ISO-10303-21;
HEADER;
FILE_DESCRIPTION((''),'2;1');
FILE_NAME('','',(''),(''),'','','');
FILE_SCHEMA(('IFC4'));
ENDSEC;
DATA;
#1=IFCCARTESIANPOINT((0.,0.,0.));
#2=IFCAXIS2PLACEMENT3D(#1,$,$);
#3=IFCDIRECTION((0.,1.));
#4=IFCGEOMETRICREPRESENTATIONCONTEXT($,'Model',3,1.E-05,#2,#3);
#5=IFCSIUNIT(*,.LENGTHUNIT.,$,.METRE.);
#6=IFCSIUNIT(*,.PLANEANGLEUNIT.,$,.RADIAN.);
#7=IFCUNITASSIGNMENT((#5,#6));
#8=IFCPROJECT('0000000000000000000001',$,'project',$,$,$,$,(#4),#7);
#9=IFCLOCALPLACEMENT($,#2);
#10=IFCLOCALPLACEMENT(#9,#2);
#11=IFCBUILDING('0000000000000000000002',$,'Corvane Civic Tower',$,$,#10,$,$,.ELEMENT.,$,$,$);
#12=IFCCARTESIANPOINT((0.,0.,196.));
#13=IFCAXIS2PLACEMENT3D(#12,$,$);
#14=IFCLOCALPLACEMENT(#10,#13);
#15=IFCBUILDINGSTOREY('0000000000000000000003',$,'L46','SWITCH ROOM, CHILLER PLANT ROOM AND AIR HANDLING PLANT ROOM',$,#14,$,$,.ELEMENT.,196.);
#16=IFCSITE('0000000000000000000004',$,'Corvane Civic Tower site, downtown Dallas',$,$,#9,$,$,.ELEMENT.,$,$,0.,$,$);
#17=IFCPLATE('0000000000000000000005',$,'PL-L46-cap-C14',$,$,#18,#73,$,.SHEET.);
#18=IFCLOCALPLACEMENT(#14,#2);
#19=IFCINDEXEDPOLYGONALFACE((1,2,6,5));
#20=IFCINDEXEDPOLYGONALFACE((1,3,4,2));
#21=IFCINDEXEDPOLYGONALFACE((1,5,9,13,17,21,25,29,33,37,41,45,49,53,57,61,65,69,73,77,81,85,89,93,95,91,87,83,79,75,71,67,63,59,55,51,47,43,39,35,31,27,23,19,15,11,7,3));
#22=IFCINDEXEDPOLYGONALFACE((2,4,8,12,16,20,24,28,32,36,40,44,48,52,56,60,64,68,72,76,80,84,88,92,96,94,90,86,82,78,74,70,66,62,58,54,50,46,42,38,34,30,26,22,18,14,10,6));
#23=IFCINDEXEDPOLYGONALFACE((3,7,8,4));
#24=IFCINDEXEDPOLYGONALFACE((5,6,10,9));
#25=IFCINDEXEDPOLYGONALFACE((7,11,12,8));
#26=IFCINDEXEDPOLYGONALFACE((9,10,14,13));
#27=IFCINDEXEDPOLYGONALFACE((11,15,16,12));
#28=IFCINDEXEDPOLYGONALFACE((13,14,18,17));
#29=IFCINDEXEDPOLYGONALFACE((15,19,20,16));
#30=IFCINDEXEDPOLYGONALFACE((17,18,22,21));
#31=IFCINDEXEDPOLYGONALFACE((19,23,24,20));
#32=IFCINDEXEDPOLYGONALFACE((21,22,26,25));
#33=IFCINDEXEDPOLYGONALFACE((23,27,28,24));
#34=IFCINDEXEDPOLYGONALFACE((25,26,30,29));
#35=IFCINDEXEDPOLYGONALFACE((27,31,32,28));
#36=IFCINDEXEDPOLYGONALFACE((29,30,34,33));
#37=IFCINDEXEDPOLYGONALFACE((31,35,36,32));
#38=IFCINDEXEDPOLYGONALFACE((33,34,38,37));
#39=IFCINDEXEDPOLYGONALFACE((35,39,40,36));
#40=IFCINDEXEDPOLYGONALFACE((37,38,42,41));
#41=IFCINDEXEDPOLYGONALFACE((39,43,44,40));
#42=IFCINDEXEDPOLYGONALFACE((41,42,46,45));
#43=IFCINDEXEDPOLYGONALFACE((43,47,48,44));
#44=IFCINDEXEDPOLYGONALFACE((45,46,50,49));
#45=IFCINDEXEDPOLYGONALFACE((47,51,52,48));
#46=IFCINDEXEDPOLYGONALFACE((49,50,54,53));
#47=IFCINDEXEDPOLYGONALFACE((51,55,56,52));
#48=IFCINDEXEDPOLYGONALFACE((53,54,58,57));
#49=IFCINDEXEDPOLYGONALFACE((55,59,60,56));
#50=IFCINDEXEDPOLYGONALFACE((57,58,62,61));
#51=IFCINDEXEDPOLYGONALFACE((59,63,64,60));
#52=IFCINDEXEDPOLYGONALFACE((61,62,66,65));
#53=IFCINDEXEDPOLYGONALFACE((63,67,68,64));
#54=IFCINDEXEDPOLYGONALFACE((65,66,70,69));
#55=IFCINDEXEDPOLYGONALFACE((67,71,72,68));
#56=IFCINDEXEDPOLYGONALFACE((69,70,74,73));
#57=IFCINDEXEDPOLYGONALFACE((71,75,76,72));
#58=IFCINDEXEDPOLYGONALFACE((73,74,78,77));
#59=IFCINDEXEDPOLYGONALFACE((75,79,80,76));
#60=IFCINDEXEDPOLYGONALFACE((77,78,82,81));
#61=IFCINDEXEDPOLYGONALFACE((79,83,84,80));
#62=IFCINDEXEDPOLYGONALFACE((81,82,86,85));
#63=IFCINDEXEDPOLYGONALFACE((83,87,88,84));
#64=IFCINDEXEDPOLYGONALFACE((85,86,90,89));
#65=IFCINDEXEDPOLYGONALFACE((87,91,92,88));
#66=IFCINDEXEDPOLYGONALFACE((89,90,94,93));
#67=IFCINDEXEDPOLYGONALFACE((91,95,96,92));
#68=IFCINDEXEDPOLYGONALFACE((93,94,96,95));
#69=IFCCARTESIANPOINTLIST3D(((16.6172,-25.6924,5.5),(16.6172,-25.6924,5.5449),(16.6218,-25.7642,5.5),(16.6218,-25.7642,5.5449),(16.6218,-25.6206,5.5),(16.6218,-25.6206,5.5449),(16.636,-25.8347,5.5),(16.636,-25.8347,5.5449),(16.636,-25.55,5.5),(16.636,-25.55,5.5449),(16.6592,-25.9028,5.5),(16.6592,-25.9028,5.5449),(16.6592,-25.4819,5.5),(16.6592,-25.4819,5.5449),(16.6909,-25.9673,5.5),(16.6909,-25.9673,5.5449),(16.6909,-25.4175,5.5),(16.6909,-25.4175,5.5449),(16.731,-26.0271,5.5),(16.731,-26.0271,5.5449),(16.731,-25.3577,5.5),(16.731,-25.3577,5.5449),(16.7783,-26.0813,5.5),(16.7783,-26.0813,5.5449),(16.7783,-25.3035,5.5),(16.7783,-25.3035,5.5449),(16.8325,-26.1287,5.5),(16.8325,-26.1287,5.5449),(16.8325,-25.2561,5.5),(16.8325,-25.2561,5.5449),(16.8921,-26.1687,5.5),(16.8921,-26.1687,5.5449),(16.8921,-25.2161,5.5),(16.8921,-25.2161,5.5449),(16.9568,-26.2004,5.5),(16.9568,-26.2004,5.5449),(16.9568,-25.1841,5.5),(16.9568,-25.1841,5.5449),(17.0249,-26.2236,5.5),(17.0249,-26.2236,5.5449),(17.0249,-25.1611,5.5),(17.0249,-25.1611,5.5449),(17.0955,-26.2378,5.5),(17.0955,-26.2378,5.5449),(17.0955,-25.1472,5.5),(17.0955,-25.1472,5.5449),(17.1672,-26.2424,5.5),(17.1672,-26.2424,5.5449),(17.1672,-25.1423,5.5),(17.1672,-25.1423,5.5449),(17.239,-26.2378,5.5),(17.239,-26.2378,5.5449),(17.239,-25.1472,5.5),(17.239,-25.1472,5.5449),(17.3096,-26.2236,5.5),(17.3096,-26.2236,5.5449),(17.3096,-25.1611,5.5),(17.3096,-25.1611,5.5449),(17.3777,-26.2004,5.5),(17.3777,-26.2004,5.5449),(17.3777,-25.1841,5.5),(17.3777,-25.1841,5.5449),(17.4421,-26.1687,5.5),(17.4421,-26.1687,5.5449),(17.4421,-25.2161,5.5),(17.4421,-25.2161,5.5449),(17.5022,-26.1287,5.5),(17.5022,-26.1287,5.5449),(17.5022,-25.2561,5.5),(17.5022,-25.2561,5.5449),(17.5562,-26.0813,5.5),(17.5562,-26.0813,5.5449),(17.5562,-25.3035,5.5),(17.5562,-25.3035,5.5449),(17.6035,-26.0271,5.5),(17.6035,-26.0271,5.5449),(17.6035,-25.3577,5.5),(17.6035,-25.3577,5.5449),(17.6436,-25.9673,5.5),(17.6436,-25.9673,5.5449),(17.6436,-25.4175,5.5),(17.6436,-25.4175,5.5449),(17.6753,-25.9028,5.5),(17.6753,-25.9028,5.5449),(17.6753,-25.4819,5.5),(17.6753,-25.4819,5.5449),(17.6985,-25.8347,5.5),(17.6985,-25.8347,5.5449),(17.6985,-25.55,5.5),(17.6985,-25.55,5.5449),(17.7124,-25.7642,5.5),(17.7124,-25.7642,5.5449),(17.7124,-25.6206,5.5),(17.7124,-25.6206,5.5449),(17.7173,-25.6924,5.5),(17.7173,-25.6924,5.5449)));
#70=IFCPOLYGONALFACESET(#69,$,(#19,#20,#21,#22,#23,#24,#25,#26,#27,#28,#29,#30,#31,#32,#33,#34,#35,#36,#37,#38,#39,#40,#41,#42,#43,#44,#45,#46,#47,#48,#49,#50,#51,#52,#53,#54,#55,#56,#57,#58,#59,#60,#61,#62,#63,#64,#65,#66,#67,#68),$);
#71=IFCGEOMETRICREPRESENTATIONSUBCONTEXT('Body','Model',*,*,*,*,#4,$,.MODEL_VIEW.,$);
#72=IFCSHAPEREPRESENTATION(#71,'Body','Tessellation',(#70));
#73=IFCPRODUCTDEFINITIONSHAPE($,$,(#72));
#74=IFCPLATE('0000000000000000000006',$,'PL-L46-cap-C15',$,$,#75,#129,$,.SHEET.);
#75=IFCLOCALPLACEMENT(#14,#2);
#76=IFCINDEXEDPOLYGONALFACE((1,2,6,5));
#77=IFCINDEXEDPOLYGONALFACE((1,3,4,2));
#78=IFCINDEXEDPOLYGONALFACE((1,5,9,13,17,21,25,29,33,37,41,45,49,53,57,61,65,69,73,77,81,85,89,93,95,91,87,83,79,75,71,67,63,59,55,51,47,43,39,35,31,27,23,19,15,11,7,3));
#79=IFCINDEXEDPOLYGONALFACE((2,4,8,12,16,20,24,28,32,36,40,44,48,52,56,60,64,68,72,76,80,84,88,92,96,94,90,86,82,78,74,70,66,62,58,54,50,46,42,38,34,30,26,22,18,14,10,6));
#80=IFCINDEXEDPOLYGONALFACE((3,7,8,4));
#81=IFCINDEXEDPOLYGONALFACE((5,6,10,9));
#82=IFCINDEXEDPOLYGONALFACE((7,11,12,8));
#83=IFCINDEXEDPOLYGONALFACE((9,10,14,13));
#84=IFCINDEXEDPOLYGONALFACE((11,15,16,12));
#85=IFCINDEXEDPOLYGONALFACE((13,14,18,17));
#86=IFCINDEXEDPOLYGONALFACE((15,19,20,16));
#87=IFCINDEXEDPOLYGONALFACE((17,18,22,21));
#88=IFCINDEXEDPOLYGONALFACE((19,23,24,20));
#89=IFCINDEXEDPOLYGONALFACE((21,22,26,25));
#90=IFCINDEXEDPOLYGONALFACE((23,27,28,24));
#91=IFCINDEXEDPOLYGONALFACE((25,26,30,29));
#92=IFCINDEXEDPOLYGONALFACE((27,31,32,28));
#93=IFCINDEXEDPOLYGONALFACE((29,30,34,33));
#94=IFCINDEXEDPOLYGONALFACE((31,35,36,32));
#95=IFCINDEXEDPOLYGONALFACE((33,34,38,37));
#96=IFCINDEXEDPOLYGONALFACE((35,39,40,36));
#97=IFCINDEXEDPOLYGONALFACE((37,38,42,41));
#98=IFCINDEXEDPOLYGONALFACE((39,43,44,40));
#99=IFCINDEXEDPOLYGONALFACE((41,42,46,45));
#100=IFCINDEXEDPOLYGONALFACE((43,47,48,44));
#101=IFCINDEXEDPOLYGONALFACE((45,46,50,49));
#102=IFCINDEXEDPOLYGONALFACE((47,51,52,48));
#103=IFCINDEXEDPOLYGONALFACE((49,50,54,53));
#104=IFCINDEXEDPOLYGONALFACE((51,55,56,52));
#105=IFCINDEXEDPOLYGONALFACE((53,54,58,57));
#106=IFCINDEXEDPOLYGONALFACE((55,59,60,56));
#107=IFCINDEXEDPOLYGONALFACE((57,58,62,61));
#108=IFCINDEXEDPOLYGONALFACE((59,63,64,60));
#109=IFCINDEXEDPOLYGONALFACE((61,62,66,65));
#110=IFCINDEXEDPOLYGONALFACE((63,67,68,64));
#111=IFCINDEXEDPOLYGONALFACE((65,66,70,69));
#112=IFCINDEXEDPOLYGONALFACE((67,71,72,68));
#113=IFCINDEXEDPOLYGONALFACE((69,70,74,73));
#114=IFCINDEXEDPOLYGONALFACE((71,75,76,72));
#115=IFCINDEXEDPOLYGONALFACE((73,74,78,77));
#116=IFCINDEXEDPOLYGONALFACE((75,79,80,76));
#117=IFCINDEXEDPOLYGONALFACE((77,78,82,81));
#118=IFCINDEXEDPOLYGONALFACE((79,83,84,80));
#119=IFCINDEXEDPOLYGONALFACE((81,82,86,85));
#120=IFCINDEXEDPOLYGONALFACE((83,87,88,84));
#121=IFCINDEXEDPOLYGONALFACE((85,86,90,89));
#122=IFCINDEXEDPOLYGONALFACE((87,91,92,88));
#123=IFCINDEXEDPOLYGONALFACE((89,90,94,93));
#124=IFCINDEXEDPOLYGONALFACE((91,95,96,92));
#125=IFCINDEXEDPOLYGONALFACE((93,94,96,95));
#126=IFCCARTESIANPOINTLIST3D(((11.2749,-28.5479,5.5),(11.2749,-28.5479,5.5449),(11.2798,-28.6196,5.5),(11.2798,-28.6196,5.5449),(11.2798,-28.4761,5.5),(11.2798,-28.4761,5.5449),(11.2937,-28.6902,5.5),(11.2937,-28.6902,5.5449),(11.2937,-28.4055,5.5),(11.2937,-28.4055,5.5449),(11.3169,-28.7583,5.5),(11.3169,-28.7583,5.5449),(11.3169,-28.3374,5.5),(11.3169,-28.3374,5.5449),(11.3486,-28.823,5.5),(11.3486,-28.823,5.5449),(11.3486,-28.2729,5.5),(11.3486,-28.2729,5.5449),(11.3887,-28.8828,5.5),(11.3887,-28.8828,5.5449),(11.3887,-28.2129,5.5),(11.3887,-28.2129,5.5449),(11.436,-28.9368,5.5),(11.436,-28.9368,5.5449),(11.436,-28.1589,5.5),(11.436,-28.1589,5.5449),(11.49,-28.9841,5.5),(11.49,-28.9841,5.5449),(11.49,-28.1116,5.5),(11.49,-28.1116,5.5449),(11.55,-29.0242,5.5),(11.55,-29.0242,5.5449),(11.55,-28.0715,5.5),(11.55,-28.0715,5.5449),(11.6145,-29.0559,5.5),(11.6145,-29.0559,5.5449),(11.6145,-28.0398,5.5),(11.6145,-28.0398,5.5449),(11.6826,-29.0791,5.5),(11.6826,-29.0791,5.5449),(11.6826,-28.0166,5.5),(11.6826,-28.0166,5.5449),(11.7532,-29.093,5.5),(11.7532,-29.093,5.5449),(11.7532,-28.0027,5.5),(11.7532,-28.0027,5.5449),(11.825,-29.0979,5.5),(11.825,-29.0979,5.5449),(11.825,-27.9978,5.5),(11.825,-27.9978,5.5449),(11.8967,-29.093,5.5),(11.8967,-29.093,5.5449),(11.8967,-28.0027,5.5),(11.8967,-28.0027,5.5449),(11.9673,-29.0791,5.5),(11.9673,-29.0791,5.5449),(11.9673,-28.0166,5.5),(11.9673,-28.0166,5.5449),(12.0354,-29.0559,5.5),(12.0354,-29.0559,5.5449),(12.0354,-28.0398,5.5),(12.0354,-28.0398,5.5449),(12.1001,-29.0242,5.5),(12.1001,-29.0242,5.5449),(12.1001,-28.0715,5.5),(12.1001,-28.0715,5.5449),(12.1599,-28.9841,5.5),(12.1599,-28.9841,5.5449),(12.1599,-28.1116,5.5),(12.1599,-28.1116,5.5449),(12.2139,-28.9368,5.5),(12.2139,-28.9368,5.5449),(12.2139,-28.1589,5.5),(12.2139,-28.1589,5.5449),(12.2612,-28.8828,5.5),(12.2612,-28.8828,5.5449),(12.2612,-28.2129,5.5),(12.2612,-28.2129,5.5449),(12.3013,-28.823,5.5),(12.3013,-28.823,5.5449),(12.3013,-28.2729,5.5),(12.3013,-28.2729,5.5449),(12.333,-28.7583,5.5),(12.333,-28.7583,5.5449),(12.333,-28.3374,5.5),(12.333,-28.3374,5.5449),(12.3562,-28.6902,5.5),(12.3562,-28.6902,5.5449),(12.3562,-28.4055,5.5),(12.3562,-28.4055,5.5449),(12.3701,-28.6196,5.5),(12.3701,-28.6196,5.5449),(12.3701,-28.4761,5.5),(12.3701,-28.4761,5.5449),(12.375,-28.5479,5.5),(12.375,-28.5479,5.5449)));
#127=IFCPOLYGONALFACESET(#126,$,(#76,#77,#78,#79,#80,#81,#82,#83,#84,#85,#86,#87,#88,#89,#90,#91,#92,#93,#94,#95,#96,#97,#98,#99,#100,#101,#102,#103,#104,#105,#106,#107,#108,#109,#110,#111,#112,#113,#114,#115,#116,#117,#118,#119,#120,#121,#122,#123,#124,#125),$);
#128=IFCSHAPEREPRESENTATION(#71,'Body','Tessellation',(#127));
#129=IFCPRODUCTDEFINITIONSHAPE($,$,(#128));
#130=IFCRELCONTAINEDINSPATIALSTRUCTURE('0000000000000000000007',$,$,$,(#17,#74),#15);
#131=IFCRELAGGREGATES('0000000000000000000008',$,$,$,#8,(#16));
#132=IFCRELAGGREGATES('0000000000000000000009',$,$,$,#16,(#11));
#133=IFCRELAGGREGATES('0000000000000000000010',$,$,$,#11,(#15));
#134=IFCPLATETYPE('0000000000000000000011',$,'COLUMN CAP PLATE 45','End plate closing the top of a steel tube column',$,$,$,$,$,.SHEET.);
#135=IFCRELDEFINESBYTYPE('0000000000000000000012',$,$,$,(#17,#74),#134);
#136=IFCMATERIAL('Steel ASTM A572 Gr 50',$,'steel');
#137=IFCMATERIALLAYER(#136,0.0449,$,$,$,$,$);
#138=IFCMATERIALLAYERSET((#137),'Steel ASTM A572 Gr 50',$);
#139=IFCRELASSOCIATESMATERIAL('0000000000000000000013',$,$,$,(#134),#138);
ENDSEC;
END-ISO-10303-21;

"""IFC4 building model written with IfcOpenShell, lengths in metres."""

from ifc_helpers import new_model, si_unit, direction, frame, origin, place, context, subcontext, project, spatial, polyline, outline, extrude, material, layer, layer_set, type_object, element, save


model = new_model("IFC4")

# Units and contexts
model_context = context("Model", 3, precision=1e-05, world=origin(), true_north=direction((0.0, 1.0)))
body_context = subcontext(model_context, "Body", "Model", "MODEL_VIEW")
ifc_project = project(units=[si_unit("LENGTHUNIT", "METRE"), si_unit("PLANEANGLEUNIT", "RADIAN")], contexts=[model_context])

# Site, building, storey
site_placement = place(None, origin())
site = spatial("IfcSite", under=ifc_project, at=site_placement, Name="Corvane Civic Tower site, downtown Dallas", CompositionType="ELEMENT", RefElevation=0.0)
building_placement = place(site_placement, origin())
building = spatial("IfcBuilding", under=site, at=building_placement, Name="Corvane Civic Tower", CompositionType="ELEMENT")
storey_placement = place(building_placement, frame((0.0, 0.0, 196.0)))
storey = spatial("IfcBuildingStorey", under=building, at=storey_placement, Name="L46", Description="SWITCH ROOM, CHILLER PLANT ROOM AND AIR HANDLING PLANT ROOM", CompositionType="ELEMENT", Elevation=196.0)

# Plates
ifc_material_1 = material(Name="Steel ASTM A572 Gr 50", Category="steel")
ifc_layer_1 = layer(ifc_material_1, 0.0449)
ifc_layer_set_1 = layer_set([ifc_layer_1], Name="Steel ASTM A572 Gr 50")
plate_type = type_object("IfcPlateType", Name="COLUMN CAP PLATE 45", Description="End plate closing the top of a steel tube column", PredefinedType="SHEET", material=ifc_layer_set_1)
plate_1_placement = place(storey_placement, frame((0.0, 0.0, 5.5)))
element("IfcPlate", 1, at=plate_1_placement, inside=storey, type_object=plate_type, Name="PL-L46-cap-C14", PredefinedType="SHEET", context=body_context, shape_type="SweptSolid", body=[
    extrude(outline(polyline([(17.7173, -25.6924), (17.7124, -25.6206), (17.6985, -25.55), (17.6753, -25.4819), (17.6436, -25.4175), (17.6035, -25.3577), (17.5562, -25.3035), (17.5022, -25.2561), (17.4421, -25.2161), (17.3777, -25.1841), (17.3096, -25.1611), (17.239, -25.1472), (17.1672, -25.1423), (17.0955, -25.1472), (17.0249, -25.1611), (16.9568, -25.1841), (16.8921, -25.2161), (16.8325, -25.2561), (16.7783, -25.3035), (16.731, -25.3577), (16.6909, -25.4175), (16.6592, -25.4819), (16.636, -25.55), (16.6218, -25.6206), (16.6172, -25.6924), (16.6218, -25.7642), (16.636, -25.8347), (16.6592, -25.9028), (16.6909, -25.9673), (16.731, -26.0271), (16.7783, -26.0813), (16.8325, -26.1287), (16.8921, -26.1687), (16.9568, -26.2004), (17.0249, -26.2236), (17.0955, -26.2378), (17.1672, -26.2424), (17.239, -26.2378), (17.3096, -26.2236), (17.3777, -26.2004), (17.4421, -26.1687), (17.5022, -26.1287), (17.5562, -26.0813), (17.6035, -26.0271), (17.6436, -25.9673), (17.6753, -25.9028), (17.6985, -25.8347), (17.7124, -25.7642), (17.7173, -25.6924)])), origin(), (0.0, 0.0, 1.0), 0.0449),
])
plate_2_placement = place(storey_placement, frame((0.0, 0.0, 5.5)))
element("IfcPlate", 2, at=plate_2_placement, inside=storey, type_object=plate_type, Name="PL-L46-cap-C15", PredefinedType="SHEET", context=body_context, shape_type="SweptSolid", body=[
    extrude(outline(polyline([(12.375, -28.5479), (12.3701, -28.4761), (12.3562, -28.4055), (12.333, -28.3374), (12.3013, -28.2729), (12.2612, -28.2129), (12.2139, -28.1589), (12.1599, -28.1116), (12.1001, -28.0715), (12.0354, -28.0398), (11.9673, -28.0166), (11.8967, -28.0027), (11.825, -27.9978), (11.7532, -28.0027), (11.6826, -28.0166), (11.6145, -28.0398), (11.55, -28.0715), (11.49, -28.1116), (11.436, -28.1589), (11.3887, -28.2129), (11.3486, -28.2729), (11.3169, -28.3374), (11.2937, -28.4055), (11.2798, -28.4761), (11.2749, -28.5479), (11.2798, -28.6196), (11.2937, -28.6902), (11.3169, -28.7583), (11.3486, -28.823), (11.3887, -28.8828), (11.436, -28.9368), (11.49, -28.9841), (11.55, -29.0242), (11.6145, -29.0559), (11.6826, -29.0791), (11.7532, -29.093), (11.825, -29.0979), (11.8967, -29.093), (11.9673, -29.0791), (12.0354, -29.0559), (12.1001, -29.0242), (12.1599, -28.9841), (12.2139, -28.9368), (12.2612, -28.8828), (12.3013, -28.823), (12.333, -28.7583), (12.3562, -28.6902), (12.3701, -28.6196), (12.375, -28.5479)])), origin(), (0.0, 0.0, 1.0), 0.0449),
])

save(model, "model.ifc")
